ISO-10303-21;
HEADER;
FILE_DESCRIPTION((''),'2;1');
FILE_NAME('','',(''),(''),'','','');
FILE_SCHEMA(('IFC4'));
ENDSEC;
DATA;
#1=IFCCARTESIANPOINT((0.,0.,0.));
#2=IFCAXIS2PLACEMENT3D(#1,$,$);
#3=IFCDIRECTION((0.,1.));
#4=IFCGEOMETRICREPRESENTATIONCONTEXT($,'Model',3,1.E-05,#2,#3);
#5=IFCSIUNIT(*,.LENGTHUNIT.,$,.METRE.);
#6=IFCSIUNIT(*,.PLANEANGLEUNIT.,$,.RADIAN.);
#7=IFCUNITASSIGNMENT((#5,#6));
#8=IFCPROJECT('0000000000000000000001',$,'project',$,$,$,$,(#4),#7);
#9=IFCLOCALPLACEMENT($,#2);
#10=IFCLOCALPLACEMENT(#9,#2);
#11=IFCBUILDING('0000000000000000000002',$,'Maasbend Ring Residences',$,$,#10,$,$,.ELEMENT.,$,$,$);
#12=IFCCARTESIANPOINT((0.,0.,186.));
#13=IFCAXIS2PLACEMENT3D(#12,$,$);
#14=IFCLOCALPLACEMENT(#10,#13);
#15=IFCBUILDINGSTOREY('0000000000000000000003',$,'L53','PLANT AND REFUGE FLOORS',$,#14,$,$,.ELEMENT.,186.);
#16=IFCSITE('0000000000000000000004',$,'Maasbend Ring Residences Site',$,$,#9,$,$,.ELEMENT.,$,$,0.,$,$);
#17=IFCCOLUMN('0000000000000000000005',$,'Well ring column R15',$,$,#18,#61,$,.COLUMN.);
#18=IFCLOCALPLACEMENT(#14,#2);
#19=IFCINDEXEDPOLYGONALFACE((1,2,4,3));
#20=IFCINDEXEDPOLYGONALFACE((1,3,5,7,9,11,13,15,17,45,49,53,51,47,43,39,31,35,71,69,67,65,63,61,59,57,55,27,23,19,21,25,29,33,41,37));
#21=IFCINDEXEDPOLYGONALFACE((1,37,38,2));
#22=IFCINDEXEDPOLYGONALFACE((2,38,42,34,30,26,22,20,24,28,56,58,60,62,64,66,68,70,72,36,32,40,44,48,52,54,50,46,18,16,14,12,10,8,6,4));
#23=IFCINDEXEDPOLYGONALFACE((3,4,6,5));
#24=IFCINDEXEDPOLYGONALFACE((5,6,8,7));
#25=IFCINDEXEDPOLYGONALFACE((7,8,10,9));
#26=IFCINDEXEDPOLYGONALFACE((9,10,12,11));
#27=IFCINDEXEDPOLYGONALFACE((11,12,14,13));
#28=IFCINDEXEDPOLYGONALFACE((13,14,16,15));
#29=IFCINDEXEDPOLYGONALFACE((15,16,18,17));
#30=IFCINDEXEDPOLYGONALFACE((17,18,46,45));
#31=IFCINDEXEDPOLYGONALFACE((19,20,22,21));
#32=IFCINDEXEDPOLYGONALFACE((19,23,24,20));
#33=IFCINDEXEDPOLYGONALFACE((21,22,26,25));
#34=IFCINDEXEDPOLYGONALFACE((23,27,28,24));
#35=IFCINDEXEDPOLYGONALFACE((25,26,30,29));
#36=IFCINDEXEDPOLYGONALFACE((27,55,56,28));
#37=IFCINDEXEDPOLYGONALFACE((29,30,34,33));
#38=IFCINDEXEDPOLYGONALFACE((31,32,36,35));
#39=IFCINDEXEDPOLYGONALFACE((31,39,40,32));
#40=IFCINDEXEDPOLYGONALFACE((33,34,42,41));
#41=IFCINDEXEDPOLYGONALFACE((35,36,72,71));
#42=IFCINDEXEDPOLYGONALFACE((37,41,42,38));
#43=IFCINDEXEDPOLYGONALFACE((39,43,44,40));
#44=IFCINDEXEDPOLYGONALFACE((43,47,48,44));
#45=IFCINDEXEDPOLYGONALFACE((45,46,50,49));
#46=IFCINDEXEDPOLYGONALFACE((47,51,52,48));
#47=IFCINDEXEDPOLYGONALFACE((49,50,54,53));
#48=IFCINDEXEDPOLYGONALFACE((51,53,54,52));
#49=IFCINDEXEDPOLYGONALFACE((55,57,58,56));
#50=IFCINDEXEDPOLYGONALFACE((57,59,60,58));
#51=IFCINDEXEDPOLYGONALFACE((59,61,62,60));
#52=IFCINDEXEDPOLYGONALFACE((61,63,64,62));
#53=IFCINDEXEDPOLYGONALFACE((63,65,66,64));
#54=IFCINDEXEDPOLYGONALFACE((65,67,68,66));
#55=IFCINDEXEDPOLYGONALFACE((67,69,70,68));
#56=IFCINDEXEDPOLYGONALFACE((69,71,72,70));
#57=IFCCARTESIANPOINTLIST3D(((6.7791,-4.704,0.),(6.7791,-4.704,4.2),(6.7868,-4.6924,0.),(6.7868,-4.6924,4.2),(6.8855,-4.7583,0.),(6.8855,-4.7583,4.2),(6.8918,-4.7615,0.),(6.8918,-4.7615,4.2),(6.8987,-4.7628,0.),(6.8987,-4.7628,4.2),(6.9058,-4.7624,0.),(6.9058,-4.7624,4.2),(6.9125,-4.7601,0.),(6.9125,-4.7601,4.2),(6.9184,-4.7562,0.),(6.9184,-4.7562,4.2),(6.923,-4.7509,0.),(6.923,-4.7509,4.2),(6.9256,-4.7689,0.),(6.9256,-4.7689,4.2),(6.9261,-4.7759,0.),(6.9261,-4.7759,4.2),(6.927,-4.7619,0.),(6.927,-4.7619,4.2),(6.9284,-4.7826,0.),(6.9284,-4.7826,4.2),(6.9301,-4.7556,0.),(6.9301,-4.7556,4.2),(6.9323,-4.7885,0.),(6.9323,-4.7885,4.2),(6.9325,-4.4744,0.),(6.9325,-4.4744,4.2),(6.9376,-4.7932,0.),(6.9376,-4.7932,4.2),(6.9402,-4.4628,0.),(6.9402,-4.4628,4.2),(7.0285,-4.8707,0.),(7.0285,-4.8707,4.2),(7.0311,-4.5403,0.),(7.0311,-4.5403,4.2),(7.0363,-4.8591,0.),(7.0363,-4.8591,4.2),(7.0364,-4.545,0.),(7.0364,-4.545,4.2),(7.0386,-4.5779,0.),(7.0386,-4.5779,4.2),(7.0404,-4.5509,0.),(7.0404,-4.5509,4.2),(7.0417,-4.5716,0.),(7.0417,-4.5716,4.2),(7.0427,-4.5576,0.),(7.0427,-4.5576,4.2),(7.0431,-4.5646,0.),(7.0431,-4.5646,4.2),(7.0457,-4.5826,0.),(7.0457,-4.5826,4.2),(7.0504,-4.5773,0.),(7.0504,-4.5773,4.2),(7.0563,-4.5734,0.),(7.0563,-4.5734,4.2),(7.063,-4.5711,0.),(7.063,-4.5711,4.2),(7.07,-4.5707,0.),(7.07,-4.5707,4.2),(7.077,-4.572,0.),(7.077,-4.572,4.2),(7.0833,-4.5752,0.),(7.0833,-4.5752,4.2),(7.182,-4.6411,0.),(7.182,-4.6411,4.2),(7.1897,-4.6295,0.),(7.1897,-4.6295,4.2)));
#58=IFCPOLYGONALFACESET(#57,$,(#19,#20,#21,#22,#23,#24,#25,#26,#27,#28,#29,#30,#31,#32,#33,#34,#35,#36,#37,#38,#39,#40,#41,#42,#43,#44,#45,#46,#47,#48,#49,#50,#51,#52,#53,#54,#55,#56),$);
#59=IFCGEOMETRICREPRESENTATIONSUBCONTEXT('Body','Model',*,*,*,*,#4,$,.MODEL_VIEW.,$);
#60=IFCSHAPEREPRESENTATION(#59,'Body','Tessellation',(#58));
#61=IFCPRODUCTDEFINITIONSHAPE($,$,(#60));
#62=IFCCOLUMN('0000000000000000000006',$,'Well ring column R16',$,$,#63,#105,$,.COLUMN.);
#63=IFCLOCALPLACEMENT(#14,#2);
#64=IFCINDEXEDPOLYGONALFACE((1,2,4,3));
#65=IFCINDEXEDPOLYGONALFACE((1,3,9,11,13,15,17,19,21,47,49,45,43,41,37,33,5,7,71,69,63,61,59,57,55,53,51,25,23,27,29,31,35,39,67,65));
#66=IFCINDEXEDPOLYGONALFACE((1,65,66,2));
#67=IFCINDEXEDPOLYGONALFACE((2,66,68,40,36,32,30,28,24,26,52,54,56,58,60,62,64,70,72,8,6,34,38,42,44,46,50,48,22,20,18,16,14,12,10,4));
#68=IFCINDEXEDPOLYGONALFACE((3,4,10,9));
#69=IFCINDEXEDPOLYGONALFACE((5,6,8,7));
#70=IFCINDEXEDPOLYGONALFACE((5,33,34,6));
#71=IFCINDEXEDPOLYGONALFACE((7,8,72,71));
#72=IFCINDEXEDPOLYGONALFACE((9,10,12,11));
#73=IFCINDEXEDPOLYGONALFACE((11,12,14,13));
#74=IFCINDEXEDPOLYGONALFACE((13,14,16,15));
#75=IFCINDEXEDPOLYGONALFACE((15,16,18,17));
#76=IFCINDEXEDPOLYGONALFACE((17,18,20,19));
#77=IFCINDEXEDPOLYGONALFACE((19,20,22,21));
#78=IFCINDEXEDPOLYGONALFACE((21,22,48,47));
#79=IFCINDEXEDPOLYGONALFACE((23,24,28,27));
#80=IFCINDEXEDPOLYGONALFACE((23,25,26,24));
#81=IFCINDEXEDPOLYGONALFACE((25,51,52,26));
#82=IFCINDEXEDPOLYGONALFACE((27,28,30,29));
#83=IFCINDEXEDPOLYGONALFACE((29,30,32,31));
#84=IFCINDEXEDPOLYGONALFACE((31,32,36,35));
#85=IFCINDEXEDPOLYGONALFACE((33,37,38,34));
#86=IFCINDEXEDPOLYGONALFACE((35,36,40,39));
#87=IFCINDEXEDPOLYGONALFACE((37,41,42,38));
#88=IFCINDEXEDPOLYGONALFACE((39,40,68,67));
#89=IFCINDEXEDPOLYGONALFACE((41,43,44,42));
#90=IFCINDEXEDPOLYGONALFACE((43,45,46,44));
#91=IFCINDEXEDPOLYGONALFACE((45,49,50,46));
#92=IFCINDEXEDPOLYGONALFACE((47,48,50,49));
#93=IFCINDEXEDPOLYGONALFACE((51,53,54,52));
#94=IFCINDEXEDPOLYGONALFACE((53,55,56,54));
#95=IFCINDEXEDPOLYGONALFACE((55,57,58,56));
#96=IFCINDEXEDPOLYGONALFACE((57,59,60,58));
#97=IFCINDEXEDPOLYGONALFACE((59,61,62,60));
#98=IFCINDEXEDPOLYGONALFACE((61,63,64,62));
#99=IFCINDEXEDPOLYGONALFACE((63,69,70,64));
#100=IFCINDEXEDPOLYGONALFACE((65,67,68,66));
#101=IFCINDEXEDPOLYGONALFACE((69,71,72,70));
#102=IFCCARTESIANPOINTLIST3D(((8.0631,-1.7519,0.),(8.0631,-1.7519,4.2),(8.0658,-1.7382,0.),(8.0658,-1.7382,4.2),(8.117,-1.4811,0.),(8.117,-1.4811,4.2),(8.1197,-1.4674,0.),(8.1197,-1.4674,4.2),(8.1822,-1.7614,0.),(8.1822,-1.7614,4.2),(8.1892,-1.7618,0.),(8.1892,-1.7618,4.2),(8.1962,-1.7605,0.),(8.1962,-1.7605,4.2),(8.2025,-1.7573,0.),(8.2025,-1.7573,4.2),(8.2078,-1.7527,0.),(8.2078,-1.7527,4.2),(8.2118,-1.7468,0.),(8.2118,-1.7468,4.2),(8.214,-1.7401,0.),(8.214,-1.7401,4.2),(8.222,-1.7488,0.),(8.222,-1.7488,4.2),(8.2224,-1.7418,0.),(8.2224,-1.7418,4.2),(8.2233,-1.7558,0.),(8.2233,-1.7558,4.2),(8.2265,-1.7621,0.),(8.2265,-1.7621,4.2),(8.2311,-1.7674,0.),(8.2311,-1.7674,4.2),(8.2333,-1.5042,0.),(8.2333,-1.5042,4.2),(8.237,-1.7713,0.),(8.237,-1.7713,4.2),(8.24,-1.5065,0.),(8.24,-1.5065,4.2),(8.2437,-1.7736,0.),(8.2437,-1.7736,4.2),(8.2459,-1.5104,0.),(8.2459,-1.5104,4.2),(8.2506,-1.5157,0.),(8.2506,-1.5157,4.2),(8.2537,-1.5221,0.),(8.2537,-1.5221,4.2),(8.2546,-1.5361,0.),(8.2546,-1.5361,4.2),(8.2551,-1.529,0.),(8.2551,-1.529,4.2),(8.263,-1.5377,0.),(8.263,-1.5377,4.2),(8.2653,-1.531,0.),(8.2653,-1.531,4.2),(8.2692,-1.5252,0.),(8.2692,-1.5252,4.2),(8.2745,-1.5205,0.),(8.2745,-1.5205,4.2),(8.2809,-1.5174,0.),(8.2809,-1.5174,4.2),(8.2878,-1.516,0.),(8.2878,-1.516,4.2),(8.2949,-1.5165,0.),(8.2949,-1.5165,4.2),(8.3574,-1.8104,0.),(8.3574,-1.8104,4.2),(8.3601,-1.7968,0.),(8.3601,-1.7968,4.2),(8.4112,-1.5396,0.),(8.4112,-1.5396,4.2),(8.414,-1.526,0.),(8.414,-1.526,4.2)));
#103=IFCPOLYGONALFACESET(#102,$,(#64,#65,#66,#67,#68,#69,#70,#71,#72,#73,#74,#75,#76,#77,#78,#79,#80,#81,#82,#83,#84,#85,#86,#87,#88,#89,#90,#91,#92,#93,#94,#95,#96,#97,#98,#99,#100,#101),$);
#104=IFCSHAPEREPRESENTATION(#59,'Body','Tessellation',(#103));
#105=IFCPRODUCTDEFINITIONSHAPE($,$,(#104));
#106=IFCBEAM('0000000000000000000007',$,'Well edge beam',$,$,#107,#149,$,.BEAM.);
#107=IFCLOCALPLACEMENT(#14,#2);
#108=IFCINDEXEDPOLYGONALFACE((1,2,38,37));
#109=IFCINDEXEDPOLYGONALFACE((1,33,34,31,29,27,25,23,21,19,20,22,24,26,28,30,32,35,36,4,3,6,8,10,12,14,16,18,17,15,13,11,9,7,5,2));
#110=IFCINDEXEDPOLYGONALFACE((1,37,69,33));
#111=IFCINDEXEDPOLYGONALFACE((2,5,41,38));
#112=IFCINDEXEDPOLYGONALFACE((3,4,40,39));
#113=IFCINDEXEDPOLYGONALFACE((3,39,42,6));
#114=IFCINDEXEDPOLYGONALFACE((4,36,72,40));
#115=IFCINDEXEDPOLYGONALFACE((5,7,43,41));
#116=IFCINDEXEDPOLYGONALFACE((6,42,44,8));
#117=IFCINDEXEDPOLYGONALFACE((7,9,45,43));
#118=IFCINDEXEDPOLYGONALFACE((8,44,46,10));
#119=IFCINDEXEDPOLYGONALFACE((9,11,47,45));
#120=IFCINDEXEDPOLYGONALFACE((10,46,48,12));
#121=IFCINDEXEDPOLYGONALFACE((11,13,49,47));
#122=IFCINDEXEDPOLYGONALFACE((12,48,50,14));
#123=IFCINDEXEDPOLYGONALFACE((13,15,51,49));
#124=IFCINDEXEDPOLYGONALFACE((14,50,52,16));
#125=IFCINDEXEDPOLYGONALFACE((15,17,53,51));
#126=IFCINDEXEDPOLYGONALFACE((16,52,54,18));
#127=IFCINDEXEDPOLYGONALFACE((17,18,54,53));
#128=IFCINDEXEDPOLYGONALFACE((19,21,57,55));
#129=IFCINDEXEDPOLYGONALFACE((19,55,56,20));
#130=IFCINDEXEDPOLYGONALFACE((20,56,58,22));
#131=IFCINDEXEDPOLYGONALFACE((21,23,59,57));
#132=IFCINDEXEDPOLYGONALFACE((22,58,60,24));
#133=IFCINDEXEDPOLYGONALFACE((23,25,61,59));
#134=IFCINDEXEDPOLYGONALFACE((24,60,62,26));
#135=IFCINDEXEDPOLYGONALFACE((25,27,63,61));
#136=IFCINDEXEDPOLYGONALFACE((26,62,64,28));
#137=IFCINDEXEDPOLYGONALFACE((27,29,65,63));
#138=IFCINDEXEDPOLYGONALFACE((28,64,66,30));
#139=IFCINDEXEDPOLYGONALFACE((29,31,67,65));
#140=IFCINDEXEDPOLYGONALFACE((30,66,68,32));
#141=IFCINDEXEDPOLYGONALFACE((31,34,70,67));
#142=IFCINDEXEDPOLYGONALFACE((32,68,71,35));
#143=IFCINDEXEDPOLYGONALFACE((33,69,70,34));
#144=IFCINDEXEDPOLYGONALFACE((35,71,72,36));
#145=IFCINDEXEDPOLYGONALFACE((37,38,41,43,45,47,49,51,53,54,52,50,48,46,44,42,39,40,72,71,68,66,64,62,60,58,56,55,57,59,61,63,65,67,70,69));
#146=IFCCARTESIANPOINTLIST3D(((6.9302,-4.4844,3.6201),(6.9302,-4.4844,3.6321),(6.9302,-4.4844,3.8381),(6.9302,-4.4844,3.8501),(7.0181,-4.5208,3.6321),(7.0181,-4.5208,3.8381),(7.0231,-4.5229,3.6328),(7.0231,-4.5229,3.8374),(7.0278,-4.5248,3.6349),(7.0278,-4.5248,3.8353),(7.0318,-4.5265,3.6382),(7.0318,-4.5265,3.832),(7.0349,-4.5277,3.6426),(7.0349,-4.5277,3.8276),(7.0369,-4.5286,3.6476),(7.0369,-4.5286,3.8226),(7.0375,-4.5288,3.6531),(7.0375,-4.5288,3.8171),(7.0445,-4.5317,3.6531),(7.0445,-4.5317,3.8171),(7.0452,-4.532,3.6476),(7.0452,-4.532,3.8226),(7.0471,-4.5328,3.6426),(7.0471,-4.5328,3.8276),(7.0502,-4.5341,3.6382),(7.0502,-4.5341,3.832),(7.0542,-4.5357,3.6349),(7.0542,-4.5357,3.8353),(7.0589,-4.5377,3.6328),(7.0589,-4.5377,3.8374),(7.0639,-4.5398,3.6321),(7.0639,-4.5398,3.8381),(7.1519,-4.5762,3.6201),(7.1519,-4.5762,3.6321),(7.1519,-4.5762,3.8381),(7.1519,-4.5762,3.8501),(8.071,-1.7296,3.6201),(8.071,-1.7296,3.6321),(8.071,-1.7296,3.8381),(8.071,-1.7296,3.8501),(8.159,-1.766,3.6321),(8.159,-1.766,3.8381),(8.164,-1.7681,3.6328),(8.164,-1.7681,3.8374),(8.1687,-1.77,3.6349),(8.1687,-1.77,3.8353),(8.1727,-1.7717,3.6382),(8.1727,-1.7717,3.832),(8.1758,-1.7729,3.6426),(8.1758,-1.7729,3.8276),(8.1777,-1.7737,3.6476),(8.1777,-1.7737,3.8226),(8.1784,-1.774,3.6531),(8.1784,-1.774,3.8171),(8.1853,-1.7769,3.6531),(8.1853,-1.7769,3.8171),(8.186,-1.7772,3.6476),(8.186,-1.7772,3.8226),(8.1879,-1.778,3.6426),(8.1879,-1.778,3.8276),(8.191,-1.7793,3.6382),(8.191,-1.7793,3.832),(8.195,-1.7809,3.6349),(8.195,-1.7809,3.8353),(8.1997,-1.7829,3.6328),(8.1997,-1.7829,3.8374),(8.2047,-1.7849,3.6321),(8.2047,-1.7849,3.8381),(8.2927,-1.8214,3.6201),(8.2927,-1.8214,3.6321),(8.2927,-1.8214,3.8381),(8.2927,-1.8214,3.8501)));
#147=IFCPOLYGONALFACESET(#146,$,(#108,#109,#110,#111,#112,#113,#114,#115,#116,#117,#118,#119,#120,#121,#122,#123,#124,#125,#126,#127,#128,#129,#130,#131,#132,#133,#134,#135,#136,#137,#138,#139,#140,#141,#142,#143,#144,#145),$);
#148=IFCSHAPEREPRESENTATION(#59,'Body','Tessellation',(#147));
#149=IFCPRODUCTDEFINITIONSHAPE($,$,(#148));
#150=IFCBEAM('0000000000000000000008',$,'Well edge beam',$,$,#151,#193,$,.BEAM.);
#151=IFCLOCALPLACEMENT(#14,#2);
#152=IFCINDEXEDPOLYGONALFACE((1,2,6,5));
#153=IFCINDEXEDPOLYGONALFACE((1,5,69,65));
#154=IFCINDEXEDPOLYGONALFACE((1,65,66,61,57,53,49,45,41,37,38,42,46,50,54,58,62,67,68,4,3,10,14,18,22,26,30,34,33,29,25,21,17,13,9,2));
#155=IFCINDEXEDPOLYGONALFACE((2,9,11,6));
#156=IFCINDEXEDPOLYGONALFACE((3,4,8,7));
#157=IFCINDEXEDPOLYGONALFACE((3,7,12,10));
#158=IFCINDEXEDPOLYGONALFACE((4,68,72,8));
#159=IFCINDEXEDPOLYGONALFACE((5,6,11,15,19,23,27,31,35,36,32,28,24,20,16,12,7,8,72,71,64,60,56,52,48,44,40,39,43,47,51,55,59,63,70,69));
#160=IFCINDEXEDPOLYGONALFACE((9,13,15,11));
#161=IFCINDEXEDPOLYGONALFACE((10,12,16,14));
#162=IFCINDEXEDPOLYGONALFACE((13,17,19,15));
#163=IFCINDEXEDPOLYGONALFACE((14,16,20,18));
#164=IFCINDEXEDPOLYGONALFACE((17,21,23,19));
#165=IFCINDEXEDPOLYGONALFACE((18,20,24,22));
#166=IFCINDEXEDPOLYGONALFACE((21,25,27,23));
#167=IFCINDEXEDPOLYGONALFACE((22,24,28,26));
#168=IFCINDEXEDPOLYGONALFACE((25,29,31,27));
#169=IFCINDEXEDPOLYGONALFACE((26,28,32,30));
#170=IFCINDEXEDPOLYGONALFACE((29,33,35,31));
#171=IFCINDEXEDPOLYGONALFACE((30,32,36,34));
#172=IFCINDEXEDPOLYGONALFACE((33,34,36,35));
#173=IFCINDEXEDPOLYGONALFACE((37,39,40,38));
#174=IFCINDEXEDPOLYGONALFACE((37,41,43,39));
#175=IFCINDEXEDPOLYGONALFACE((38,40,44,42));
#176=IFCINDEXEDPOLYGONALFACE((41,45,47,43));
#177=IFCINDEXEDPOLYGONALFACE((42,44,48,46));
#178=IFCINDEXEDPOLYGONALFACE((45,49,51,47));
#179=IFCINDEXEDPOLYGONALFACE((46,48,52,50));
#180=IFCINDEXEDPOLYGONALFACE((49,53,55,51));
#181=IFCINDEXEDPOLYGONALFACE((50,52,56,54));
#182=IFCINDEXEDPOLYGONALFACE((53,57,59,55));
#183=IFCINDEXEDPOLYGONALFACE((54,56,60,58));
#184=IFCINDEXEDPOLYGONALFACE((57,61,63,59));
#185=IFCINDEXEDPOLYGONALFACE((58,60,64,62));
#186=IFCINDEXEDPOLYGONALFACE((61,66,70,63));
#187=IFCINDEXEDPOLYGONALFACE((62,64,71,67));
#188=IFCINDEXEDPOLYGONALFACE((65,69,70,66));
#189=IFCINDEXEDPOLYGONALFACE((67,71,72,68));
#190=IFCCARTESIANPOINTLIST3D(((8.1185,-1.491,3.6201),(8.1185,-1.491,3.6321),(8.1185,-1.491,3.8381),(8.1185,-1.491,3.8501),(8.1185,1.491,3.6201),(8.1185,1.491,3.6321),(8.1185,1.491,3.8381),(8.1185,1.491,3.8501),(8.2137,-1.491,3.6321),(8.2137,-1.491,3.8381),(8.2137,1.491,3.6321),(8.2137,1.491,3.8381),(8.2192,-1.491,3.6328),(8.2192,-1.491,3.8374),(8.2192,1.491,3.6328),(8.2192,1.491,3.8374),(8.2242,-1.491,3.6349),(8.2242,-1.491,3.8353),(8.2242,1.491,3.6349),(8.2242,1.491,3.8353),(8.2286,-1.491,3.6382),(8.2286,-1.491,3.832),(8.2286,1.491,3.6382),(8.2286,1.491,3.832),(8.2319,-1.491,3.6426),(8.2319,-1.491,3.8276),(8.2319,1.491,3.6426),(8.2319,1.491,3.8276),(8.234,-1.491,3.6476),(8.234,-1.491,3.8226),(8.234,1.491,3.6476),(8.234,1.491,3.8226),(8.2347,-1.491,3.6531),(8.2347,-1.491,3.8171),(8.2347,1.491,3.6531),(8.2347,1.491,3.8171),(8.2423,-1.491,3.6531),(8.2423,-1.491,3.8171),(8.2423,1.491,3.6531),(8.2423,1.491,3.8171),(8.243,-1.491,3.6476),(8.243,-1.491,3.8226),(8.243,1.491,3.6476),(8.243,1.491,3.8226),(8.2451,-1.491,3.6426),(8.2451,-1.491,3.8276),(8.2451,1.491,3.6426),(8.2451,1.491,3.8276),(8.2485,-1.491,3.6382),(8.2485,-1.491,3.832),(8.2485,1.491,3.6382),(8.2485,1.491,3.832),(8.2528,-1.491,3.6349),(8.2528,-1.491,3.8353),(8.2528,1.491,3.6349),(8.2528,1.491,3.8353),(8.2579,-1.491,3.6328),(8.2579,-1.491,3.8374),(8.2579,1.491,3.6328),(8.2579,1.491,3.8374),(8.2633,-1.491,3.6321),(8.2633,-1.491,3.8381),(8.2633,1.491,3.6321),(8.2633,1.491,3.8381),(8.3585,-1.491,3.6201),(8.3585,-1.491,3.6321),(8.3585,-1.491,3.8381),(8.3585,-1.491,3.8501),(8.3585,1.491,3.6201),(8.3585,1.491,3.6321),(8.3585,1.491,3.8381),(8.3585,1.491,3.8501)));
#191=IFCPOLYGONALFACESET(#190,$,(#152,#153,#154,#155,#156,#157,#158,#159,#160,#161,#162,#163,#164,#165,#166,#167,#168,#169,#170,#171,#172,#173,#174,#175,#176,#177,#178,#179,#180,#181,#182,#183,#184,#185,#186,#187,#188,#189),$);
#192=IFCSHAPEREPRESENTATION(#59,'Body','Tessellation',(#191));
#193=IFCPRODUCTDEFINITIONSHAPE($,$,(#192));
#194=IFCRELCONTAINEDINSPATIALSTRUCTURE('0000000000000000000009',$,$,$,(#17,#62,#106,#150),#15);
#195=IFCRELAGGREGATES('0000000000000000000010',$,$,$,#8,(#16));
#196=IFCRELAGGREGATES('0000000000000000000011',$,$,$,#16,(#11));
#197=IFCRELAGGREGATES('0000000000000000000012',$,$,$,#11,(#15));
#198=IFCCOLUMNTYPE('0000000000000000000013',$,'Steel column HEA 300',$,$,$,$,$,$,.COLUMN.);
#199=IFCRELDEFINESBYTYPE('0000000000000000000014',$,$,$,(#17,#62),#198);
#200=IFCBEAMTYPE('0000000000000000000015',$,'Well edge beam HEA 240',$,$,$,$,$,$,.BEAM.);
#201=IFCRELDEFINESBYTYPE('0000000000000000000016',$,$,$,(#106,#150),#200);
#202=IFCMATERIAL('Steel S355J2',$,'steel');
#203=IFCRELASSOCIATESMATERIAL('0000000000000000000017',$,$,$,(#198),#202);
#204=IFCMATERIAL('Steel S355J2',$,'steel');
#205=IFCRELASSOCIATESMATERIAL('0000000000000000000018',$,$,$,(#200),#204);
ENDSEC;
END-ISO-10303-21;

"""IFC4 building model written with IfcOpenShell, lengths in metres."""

from ifc_helpers import new_model, si_unit, direction, frame, origin, origin_2d, place, context, subcontext, project, spatial, i_section, extrude, material, material_profile, profile_set, type_object, element, save


model = new_model("IFC4")

# Units and contexts
model_context = context("Model", 3, precision=1e-05, world=origin(), true_north=direction((0.0, 1.0)))
body_context = subcontext(model_context, "Body", "Model", "MODEL_VIEW")
ifc_project = project(units=[si_unit("LENGTHUNIT", "METRE"), si_unit("PLANEANGLEUNIT", "RADIAN")], contexts=[model_context])

# Site, building, storey
site_placement = place(None, origin())
site = spatial("IfcSite", under=ifc_project, at=site_placement, Name="Maasbend Ring Residences Site", CompositionType="ELEMENT", RefElevation=0.0)
building_placement = place(site_placement, origin())
building = spatial("IfcBuilding", under=site, at=building_placement, Name="Maasbend Ring Residences", CompositionType="ELEMENT")
storey_placement = place(building_placement, frame((0.0, 0.0, 186.0)))
storey = spatial("IfcBuildingStorey", under=building, at=storey_placement, Name="L53", Description="PLANT AND REFUGE FLOORS", CompositionType="ELEMENT", Elevation=186.0)

# Columns
ifc_material_1 = material(Name="Steel S355J2", Category="steel")
ifc_material_profile_1 = material_profile(ifc_material_1, i_section(OverallWidth=0.3, OverallDepth=0.29, WebThickness=0.0085, FlangeThickness=0.0139, FilletRadius=0.0271, at=origin_2d()), Name="HEA 300")
ifc_profile_set_1 = profile_set([ifc_material_profile_1], Name="Steel S355J2")
column_type = type_object("IfcColumnType", Name="Steel column HEA 300", PredefinedType="COLUMN", material=ifc_profile_set_1)
for number, where, z_axis, x_axis, name in (
    (1, (6.9844, -4.6667, 0.0), (0.0, 0.0, 1.0), (0.83147, -0.55557, 0.0), "Well ring column R15"),
    (2, (8.2385, -1.6389, 0.0), (0.0, 0.0, 1.0), (0.980785, -0.19509, 0.0), "Well ring column R16"),
):
    element("IfcColumn", number, at=place(storey_placement, frame(where, z_axis=z_axis, x_axis=x_axis)), inside=storey, type_object=column_type, Name=name, PredefinedType="COLUMN", context=body_context, shape_type="SweptSolid", body=[
        extrude(i_section(OverallWidth=0.3, OverallDepth=0.29, WebThickness=0.0085, FlangeThickness=0.0139, FilletRadius=0.0271, at=origin_2d()), origin(), (0.0, 0.0, 1.0), 4.2),
    ])

# Beams
ifc_material_2 = material(Name="Steel S355J2", Category="steel")
ifc_material_profile_2 = material_profile(ifc_material_2, i_section(OverallWidth=0.24, OverallDepth=0.23, WebThickness=0.0076, FlangeThickness=0.012, FilletRadius=0.021, at=origin_2d()), Name="HEA 240")
ifc_profile_set_2 = profile_set([ifc_material_profile_2], Name="Steel S355J2")
beam_type = type_object("IfcBeamType", Name="Well edge beam HEA 240", PredefinedType="BEAM", material=ifc_profile_set_2)
beam_1_placement = place(storey_placement, frame((7.041, -4.5303, 3.7351), z_axis=(0.382615, 0.923908, 0.0), x_axis=(-0.923908, 0.382615, 0.0)))
element("IfcBeam", 3, at=beam_1_placement, inside=storey, type_object=beam_type, Name="Well edge beam", PredefinedType="BEAM", context=body_context, shape_type="SweptSolid", body=[
    extrude(i_section(OverallWidth=0.24, OverallDepth=0.23, WebThickness=0.0076, FlangeThickness=0.012, FilletRadius=0.021, at=origin_2d()), origin(), (0.0, 0.0, 1.0), 2.9817),
])
beam_2_placement = place(storey_placement, frame((8.2385, -1.491, 3.7351), z_axis=(0.0, 1.0, 0.0), x_axis=(-1.0, 0.0, 0.0)))
element("IfcBeam", 4, at=beam_2_placement, inside=storey, type_object=beam_type, Name="Well edge beam", PredefinedType="BEAM", context=body_context, shape_type="SweptSolid", body=[
    extrude(i_section(OverallWidth=0.24, OverallDepth=0.23, WebThickness=0.0076, FlangeThickness=0.012, FilletRadius=0.021, at=origin_2d()), origin(), (0.0, 0.0, 1.0), 2.9819),
])

save(model, "model.ifc")
